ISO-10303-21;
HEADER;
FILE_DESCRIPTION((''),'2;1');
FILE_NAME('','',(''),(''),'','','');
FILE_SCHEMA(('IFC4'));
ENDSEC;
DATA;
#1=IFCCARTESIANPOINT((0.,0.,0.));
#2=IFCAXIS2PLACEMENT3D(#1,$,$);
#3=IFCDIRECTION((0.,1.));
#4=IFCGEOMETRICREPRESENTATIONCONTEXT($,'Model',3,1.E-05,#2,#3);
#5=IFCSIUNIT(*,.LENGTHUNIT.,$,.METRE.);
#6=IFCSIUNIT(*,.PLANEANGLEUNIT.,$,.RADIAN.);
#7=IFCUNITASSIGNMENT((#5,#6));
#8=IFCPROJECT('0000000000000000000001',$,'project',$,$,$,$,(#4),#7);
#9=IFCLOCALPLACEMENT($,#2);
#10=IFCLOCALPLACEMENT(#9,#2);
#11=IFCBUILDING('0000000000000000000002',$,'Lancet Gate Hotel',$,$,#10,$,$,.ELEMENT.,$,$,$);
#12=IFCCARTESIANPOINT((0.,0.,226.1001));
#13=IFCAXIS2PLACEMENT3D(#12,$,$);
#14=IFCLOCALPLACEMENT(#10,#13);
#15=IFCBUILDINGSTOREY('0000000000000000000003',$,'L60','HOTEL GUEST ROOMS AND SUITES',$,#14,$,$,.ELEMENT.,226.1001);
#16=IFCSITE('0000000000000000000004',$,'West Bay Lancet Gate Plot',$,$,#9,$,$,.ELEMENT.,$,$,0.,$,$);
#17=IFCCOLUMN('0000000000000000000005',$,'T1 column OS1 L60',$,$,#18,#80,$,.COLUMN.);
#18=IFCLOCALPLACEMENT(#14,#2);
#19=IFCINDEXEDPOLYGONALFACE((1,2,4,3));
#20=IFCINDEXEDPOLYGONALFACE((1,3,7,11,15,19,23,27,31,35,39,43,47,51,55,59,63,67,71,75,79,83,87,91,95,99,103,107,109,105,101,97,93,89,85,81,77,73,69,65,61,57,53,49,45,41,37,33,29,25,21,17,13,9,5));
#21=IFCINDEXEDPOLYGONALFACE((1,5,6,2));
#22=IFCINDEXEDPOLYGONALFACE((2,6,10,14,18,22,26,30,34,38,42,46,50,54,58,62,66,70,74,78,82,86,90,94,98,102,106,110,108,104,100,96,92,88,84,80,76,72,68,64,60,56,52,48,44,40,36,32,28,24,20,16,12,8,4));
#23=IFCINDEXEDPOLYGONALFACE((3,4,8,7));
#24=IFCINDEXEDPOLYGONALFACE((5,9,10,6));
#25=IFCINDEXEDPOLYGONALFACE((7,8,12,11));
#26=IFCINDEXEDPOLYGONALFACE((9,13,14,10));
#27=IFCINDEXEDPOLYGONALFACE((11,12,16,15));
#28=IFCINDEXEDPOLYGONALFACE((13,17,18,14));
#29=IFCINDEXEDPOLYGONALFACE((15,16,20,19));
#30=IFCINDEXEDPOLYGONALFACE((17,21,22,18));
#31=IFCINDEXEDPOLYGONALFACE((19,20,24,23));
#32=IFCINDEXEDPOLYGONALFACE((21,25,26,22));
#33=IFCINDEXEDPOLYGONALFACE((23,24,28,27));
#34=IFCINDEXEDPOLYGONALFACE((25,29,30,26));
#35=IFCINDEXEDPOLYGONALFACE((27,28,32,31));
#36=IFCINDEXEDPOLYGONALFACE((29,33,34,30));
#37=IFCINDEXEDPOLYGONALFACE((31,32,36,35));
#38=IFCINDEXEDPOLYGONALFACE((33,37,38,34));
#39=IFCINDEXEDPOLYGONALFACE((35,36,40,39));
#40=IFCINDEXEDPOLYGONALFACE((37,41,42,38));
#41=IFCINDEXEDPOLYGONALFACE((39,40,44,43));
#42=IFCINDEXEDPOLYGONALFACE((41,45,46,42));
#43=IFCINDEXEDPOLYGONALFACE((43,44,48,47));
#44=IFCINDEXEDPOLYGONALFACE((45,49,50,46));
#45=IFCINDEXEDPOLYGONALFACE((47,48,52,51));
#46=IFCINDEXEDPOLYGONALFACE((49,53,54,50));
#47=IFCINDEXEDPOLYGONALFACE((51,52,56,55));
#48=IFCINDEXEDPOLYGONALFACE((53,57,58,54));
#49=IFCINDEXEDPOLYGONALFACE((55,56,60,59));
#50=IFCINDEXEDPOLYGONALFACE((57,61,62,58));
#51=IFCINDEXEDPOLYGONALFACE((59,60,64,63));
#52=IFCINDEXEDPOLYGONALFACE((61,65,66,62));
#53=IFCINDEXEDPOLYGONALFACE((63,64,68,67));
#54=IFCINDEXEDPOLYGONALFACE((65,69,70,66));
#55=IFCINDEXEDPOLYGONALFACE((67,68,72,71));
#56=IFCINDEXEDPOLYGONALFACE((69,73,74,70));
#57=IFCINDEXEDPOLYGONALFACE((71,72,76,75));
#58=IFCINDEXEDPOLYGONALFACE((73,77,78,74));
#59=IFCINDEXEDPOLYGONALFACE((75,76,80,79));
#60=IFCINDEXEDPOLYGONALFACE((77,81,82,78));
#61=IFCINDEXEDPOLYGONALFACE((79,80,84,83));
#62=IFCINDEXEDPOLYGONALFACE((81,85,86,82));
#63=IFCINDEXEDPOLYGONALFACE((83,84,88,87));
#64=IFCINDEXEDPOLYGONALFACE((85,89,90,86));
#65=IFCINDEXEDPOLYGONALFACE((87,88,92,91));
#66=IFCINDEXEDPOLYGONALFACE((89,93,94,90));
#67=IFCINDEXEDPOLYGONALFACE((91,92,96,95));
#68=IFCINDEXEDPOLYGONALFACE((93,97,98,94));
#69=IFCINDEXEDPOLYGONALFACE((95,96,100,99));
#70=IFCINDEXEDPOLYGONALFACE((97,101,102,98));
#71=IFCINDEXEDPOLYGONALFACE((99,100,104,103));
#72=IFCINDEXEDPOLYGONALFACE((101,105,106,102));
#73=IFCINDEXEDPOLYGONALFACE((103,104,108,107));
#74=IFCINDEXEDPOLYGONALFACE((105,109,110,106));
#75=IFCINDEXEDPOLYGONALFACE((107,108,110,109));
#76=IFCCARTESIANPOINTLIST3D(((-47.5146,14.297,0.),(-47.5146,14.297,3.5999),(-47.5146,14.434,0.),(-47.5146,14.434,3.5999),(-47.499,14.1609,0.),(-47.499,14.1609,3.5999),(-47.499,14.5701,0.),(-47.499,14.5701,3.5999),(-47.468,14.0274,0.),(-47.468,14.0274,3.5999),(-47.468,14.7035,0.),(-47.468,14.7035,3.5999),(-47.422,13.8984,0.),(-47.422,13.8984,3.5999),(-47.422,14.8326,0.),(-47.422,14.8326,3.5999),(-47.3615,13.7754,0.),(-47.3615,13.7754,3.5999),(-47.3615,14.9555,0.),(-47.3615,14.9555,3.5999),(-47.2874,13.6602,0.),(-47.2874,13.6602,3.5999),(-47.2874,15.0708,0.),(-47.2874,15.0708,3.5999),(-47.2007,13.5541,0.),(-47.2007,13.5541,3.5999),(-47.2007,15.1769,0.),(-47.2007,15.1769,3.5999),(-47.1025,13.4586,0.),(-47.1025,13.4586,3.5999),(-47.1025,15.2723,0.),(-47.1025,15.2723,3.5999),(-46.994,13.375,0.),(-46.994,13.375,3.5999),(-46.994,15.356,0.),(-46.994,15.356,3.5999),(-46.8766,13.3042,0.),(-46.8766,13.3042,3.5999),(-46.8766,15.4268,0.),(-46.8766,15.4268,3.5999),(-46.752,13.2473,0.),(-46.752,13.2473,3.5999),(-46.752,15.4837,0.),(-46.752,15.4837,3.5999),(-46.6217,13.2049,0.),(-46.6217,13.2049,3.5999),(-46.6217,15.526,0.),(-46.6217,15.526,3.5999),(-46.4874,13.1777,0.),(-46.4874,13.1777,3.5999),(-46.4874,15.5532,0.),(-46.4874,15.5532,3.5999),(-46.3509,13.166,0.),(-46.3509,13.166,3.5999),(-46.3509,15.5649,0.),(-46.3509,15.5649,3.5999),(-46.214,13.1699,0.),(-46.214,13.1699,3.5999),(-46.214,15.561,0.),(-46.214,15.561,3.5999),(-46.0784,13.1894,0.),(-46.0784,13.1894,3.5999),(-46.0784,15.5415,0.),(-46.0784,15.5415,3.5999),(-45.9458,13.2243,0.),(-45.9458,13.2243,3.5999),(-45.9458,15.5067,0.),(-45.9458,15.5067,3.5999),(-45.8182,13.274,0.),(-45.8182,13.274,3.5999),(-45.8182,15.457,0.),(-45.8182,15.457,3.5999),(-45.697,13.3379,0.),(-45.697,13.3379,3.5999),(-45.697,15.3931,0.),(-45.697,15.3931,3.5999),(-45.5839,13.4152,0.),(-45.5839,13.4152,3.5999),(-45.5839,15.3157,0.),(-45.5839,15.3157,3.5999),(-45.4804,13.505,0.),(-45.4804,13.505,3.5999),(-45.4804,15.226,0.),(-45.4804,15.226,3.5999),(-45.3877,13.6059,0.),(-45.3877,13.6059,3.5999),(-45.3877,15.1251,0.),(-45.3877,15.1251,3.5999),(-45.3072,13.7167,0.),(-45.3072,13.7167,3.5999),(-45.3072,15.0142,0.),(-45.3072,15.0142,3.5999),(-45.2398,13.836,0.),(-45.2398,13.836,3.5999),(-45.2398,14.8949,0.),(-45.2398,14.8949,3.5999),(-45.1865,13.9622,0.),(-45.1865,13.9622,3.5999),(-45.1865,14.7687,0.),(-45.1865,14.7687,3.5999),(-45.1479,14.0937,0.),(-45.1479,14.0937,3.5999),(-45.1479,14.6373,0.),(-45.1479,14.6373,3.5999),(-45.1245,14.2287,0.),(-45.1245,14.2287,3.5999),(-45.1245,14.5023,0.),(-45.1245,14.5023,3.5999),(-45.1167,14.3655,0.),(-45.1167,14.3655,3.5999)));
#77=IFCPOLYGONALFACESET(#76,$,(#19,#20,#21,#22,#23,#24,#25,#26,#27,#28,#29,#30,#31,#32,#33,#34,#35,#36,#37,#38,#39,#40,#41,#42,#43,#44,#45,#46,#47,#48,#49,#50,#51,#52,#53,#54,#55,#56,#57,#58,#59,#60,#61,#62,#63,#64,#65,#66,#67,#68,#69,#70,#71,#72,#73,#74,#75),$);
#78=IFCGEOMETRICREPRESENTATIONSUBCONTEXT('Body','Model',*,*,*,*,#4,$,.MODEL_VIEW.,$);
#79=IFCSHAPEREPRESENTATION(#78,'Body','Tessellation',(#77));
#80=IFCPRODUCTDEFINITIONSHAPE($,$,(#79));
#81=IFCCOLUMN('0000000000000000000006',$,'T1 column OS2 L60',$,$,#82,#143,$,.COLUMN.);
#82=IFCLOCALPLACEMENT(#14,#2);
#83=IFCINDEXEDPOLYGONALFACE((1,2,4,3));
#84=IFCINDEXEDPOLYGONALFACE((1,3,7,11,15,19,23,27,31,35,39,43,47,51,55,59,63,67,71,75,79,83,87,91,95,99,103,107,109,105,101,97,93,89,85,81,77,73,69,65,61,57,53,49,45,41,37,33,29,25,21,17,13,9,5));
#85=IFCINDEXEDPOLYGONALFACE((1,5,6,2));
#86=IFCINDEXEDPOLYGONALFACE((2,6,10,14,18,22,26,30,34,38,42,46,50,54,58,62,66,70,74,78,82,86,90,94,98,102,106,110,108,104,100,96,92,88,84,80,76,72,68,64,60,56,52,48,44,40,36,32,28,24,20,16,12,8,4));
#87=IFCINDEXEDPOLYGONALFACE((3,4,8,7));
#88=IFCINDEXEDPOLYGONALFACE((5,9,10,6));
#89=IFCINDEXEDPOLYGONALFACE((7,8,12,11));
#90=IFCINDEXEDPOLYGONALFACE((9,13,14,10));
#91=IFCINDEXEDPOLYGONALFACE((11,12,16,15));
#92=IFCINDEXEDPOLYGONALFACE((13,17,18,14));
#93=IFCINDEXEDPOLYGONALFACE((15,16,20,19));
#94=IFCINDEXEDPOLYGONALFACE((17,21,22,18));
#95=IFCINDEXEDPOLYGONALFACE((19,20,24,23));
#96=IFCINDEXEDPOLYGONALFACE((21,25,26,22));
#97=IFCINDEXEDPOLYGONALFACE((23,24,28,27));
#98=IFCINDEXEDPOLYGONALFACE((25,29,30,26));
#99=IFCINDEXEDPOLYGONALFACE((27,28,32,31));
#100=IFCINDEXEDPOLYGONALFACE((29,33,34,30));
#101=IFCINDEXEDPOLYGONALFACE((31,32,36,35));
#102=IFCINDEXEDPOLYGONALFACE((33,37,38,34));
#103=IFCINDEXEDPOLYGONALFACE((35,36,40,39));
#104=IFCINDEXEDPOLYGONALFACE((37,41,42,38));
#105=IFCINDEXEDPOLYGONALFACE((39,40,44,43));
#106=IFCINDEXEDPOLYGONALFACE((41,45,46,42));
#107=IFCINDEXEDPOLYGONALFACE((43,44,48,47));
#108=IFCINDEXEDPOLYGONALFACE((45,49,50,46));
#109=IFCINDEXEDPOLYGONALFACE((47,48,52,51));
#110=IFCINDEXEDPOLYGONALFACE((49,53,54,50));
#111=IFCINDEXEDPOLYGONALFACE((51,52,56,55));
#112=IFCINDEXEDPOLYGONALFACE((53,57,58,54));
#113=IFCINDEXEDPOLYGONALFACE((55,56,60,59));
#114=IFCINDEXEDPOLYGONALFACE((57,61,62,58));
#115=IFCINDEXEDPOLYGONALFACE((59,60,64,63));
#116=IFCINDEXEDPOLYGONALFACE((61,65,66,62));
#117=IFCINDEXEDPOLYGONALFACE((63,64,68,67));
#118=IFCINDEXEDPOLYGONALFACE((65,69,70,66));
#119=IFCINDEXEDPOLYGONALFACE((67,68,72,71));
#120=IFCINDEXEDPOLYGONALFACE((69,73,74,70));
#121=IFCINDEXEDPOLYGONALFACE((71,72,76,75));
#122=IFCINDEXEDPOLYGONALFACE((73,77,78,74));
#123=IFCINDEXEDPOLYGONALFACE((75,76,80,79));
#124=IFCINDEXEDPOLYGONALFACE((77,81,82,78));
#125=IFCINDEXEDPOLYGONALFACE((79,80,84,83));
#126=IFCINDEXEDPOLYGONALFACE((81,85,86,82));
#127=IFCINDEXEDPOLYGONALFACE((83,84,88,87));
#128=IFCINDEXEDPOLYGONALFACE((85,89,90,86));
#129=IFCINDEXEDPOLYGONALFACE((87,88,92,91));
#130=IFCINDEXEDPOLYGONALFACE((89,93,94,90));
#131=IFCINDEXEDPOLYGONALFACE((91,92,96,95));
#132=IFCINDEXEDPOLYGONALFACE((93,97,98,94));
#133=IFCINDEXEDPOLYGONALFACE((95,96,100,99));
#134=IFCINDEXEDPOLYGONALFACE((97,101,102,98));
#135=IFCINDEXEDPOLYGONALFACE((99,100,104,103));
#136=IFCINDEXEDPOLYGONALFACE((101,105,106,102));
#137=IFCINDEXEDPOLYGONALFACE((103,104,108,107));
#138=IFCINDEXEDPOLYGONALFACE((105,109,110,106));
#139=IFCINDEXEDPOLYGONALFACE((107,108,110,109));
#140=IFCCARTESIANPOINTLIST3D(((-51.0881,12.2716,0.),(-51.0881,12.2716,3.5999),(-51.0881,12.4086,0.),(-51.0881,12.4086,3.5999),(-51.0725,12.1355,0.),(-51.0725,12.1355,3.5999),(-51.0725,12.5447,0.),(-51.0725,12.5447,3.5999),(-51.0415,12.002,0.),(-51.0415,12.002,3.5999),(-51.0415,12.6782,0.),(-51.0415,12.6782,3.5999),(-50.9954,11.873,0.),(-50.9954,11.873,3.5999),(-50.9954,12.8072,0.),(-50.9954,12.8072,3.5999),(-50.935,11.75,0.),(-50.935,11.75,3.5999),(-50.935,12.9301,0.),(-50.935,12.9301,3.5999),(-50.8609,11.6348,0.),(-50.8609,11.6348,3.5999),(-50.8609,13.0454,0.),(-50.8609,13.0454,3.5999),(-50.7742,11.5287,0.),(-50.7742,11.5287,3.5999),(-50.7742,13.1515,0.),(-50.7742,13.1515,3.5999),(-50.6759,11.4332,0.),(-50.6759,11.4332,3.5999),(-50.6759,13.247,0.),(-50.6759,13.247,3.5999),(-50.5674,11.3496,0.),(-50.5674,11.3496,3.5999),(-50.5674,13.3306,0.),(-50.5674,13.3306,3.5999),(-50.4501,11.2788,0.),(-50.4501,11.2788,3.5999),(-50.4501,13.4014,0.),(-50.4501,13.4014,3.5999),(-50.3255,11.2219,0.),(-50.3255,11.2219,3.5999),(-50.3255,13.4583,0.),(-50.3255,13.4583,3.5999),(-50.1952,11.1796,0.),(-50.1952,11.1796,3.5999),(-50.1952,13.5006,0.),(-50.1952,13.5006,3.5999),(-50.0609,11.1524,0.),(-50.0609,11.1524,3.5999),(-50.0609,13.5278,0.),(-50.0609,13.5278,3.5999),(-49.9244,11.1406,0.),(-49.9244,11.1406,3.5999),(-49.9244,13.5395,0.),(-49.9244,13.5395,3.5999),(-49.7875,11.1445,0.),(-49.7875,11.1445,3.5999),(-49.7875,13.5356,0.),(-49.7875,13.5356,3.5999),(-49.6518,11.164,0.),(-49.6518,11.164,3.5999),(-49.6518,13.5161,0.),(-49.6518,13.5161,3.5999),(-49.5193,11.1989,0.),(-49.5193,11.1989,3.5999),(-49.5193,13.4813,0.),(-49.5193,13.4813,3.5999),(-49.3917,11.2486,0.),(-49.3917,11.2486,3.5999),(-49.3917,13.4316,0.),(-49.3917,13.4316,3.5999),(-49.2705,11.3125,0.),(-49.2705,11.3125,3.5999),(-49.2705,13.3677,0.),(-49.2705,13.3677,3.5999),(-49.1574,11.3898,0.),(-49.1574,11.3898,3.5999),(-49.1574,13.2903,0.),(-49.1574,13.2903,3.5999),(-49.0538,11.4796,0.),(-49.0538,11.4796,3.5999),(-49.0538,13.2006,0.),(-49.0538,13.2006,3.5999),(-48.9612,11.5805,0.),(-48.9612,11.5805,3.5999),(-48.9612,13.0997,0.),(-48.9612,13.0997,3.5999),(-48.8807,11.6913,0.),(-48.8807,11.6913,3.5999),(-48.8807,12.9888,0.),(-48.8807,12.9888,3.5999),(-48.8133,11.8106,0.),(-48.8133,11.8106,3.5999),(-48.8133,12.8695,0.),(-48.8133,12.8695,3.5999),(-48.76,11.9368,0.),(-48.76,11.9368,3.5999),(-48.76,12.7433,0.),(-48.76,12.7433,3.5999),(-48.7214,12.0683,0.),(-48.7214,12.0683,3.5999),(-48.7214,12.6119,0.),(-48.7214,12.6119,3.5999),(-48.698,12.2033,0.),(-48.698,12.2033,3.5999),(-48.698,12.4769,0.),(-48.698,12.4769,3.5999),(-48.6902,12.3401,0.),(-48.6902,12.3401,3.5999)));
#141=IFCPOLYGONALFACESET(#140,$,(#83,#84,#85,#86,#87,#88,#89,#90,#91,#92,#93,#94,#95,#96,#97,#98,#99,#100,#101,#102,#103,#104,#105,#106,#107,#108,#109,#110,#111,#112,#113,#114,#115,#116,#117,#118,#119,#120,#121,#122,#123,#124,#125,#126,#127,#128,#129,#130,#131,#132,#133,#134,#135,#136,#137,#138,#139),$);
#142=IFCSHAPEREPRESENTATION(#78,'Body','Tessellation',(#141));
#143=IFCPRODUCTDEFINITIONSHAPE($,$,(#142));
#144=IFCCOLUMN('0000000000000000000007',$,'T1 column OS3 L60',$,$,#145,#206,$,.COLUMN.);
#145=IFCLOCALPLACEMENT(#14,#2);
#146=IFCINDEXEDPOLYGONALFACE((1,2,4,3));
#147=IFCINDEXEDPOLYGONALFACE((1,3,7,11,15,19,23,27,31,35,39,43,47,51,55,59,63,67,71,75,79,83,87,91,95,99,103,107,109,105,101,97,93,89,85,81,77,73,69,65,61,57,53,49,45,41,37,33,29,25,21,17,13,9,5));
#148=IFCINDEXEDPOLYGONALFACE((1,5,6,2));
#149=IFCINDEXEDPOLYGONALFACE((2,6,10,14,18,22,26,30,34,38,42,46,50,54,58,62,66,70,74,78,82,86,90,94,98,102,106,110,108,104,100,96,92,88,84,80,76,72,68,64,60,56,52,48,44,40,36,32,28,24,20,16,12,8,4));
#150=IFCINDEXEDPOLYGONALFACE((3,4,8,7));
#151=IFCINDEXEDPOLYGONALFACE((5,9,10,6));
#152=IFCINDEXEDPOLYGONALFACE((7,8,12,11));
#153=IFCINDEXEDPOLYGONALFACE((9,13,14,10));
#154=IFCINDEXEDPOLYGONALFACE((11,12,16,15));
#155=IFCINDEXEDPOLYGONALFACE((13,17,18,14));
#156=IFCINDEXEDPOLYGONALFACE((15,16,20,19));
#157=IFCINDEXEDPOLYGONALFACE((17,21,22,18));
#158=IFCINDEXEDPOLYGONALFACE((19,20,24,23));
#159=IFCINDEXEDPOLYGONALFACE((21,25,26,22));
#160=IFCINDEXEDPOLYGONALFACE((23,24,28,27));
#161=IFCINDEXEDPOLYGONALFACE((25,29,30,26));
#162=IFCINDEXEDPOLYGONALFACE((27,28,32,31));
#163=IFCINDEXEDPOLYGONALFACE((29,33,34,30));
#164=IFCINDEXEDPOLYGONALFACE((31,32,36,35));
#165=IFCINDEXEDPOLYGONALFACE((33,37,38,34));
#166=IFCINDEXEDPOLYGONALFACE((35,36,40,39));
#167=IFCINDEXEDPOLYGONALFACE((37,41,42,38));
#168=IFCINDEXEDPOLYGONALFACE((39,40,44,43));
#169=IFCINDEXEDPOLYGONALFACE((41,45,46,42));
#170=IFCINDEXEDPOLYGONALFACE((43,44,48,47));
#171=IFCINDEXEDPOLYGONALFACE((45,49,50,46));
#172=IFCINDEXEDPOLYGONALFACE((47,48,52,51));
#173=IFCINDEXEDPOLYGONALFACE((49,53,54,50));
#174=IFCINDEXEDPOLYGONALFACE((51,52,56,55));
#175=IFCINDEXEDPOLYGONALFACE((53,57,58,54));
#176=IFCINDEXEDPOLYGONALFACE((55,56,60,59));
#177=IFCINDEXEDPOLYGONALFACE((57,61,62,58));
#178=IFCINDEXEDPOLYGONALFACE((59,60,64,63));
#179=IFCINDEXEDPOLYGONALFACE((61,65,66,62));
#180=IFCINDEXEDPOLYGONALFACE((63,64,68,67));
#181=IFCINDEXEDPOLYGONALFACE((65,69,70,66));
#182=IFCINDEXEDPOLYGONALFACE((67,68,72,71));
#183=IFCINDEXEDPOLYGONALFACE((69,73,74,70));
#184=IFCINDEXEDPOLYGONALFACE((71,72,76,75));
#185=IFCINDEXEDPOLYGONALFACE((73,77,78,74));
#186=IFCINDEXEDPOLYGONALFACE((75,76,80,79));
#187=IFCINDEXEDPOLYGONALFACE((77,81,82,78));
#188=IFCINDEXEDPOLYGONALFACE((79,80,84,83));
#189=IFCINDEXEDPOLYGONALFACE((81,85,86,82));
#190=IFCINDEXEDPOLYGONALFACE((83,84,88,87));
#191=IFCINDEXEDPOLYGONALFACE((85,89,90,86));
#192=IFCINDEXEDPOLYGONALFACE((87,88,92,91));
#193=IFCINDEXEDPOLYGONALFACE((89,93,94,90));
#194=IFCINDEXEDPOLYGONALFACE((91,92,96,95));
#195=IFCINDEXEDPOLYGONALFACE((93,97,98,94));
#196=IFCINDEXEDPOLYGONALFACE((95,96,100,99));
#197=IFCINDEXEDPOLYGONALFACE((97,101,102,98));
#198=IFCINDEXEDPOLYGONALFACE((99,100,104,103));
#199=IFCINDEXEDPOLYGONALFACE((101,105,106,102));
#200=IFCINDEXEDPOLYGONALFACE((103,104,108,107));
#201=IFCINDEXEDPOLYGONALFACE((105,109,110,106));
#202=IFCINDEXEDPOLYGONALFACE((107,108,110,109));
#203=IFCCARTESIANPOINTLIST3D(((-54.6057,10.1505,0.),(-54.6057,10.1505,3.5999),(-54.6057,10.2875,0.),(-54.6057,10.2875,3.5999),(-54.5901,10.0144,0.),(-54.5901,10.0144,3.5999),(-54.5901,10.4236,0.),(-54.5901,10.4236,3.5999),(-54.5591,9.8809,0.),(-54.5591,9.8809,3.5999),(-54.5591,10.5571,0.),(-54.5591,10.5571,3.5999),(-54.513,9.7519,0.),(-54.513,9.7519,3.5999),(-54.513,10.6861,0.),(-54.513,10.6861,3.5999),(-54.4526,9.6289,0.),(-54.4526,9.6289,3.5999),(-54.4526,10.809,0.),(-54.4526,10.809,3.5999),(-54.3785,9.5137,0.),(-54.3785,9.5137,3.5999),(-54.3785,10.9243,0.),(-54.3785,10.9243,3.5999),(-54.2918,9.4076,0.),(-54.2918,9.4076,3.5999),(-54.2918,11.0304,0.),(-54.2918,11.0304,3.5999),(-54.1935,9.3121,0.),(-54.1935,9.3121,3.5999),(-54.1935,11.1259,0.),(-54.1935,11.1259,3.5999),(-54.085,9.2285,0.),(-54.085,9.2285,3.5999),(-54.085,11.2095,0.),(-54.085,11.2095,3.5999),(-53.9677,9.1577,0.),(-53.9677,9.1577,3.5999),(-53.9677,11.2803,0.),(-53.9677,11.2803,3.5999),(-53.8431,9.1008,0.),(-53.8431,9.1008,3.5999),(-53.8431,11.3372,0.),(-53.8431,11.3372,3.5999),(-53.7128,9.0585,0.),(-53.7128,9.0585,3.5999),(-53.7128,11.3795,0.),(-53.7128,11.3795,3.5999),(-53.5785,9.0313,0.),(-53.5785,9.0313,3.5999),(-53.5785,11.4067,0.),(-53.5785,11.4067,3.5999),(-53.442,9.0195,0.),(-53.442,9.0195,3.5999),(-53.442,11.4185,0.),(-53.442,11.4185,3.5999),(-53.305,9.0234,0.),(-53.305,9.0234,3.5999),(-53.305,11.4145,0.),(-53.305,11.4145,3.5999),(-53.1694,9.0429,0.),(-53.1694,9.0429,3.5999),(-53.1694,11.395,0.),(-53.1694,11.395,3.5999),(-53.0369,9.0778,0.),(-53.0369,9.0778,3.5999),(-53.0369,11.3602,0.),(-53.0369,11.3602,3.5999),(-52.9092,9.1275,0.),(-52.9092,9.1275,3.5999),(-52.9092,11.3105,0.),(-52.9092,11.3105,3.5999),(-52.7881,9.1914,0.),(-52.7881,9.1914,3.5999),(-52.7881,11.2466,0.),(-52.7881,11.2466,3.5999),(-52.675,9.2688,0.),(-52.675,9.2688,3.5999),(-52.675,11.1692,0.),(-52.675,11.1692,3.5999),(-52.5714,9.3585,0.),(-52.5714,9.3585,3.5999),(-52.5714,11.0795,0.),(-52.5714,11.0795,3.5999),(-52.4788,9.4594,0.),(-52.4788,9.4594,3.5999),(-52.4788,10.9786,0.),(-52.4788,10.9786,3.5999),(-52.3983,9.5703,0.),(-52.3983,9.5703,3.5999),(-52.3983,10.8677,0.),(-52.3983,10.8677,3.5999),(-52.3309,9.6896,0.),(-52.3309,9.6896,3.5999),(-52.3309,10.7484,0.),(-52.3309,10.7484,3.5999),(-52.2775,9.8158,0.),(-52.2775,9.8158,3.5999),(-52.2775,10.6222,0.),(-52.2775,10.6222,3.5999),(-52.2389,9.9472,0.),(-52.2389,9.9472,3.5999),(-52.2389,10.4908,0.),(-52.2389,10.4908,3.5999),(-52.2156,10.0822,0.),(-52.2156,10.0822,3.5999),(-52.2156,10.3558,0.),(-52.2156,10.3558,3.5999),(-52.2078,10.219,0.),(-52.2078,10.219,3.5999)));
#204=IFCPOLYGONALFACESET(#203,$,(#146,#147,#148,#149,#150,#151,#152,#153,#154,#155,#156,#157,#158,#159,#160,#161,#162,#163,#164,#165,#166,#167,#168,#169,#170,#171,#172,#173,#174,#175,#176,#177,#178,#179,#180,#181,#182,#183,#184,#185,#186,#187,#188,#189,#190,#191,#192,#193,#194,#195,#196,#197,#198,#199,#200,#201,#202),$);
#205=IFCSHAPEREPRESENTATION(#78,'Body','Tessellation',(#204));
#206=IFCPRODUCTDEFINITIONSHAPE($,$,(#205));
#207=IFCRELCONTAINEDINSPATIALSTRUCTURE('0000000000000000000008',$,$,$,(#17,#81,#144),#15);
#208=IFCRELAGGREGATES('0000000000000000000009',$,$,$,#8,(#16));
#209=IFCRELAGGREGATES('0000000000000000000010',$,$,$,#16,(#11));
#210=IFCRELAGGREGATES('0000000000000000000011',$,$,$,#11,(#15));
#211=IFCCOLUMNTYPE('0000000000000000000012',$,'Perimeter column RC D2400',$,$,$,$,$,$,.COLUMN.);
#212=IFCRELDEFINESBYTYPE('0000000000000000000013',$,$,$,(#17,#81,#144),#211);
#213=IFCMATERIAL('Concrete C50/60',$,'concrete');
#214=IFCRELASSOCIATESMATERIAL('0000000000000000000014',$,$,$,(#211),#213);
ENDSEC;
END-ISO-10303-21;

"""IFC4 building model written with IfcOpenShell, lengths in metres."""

from ifc_helpers import new_model, si_unit, direction, frame, origin, origin_2d, place, context, subcontext, project, spatial, circle, extrude, material, material_profile, profile_set, type_object, element, save


model = new_model("IFC4")

# Units and contexts
model_context = context("Model", 3, precision=1e-05, world=origin(), true_north=direction((0.0, 1.0)))
body_context = subcontext(model_context, "Body", "Model", "MODEL_VIEW")
ifc_project = project(units=[si_unit("LENGTHUNIT", "METRE"), si_unit("PLANEANGLEUNIT", "RADIAN")], contexts=[model_context])

# Site, building, storey
site_placement = place(None, origin())
site = spatial("IfcSite", under=ifc_project, at=site_placement, Name="West Bay Lancet Gate Plot", CompositionType="ELEMENT", RefElevation=0.0)
building_placement = place(site_placement, origin())
building = spatial("IfcBuilding", under=site, at=building_placement, Name="Lancet Gate Hotel", CompositionType="ELEMENT")
storey_placement = place(building_placement, frame((0.0, 0.0, 226.1001)))
storey = spatial("IfcBuildingStorey", under=building, at=storey_placement, Name="L60", Description="HOTEL GUEST ROOMS AND SUITES", CompositionType="ELEMENT", Elevation=226.1001)

# Columns
ifc_material_1 = material(Name="Concrete C50/60", Category="concrete")
ifc_material_profile_1 = material_profile(ifc_material_1, circle(Radius=1.2, at=origin_2d()), Name="RC D2400")
ifc_profile_set_1 = profile_set([ifc_material_profile_1], Name="Concrete C50/60")
column_type = type_object("IfcColumnType", Name="Perimeter column RC D2400", PredefinedType="COLUMN", material=ifc_profile_set_1)
for number, where, z_axis, x_axis, name in (
    (1, (-46.3167, 14.3655, 0.0), (0.0, 0.0, 1.0), (1.0, 0.0, 0.0), "T1 column OS1 L60"),
    (2, (-49.8901, 12.3401, 0.0), (0.0, 0.0, 1.0), (1.0, 0.0, 0.0), "T1 column OS2 L60"),
    (3, (-53.4077, 10.219, 0.0), (0.0, 0.0, 1.0), (1.0, 0.0, 0.0), "T1 column OS3 L60"),
):
    element("IfcColumn", number, at=place(storey_placement, frame(where, z_axis=z_axis, x_axis=x_axis)), inside=storey, type_object=column_type, Name=name, PredefinedType="COLUMN", context=body_context, shape_type="SweptSolid", body=[
        extrude(circle(Radius=1.2, at=origin_2d()), origin(), (0.0, 0.0, 1.0), 3.5999),
    ])

save(model, "model.ifc")
